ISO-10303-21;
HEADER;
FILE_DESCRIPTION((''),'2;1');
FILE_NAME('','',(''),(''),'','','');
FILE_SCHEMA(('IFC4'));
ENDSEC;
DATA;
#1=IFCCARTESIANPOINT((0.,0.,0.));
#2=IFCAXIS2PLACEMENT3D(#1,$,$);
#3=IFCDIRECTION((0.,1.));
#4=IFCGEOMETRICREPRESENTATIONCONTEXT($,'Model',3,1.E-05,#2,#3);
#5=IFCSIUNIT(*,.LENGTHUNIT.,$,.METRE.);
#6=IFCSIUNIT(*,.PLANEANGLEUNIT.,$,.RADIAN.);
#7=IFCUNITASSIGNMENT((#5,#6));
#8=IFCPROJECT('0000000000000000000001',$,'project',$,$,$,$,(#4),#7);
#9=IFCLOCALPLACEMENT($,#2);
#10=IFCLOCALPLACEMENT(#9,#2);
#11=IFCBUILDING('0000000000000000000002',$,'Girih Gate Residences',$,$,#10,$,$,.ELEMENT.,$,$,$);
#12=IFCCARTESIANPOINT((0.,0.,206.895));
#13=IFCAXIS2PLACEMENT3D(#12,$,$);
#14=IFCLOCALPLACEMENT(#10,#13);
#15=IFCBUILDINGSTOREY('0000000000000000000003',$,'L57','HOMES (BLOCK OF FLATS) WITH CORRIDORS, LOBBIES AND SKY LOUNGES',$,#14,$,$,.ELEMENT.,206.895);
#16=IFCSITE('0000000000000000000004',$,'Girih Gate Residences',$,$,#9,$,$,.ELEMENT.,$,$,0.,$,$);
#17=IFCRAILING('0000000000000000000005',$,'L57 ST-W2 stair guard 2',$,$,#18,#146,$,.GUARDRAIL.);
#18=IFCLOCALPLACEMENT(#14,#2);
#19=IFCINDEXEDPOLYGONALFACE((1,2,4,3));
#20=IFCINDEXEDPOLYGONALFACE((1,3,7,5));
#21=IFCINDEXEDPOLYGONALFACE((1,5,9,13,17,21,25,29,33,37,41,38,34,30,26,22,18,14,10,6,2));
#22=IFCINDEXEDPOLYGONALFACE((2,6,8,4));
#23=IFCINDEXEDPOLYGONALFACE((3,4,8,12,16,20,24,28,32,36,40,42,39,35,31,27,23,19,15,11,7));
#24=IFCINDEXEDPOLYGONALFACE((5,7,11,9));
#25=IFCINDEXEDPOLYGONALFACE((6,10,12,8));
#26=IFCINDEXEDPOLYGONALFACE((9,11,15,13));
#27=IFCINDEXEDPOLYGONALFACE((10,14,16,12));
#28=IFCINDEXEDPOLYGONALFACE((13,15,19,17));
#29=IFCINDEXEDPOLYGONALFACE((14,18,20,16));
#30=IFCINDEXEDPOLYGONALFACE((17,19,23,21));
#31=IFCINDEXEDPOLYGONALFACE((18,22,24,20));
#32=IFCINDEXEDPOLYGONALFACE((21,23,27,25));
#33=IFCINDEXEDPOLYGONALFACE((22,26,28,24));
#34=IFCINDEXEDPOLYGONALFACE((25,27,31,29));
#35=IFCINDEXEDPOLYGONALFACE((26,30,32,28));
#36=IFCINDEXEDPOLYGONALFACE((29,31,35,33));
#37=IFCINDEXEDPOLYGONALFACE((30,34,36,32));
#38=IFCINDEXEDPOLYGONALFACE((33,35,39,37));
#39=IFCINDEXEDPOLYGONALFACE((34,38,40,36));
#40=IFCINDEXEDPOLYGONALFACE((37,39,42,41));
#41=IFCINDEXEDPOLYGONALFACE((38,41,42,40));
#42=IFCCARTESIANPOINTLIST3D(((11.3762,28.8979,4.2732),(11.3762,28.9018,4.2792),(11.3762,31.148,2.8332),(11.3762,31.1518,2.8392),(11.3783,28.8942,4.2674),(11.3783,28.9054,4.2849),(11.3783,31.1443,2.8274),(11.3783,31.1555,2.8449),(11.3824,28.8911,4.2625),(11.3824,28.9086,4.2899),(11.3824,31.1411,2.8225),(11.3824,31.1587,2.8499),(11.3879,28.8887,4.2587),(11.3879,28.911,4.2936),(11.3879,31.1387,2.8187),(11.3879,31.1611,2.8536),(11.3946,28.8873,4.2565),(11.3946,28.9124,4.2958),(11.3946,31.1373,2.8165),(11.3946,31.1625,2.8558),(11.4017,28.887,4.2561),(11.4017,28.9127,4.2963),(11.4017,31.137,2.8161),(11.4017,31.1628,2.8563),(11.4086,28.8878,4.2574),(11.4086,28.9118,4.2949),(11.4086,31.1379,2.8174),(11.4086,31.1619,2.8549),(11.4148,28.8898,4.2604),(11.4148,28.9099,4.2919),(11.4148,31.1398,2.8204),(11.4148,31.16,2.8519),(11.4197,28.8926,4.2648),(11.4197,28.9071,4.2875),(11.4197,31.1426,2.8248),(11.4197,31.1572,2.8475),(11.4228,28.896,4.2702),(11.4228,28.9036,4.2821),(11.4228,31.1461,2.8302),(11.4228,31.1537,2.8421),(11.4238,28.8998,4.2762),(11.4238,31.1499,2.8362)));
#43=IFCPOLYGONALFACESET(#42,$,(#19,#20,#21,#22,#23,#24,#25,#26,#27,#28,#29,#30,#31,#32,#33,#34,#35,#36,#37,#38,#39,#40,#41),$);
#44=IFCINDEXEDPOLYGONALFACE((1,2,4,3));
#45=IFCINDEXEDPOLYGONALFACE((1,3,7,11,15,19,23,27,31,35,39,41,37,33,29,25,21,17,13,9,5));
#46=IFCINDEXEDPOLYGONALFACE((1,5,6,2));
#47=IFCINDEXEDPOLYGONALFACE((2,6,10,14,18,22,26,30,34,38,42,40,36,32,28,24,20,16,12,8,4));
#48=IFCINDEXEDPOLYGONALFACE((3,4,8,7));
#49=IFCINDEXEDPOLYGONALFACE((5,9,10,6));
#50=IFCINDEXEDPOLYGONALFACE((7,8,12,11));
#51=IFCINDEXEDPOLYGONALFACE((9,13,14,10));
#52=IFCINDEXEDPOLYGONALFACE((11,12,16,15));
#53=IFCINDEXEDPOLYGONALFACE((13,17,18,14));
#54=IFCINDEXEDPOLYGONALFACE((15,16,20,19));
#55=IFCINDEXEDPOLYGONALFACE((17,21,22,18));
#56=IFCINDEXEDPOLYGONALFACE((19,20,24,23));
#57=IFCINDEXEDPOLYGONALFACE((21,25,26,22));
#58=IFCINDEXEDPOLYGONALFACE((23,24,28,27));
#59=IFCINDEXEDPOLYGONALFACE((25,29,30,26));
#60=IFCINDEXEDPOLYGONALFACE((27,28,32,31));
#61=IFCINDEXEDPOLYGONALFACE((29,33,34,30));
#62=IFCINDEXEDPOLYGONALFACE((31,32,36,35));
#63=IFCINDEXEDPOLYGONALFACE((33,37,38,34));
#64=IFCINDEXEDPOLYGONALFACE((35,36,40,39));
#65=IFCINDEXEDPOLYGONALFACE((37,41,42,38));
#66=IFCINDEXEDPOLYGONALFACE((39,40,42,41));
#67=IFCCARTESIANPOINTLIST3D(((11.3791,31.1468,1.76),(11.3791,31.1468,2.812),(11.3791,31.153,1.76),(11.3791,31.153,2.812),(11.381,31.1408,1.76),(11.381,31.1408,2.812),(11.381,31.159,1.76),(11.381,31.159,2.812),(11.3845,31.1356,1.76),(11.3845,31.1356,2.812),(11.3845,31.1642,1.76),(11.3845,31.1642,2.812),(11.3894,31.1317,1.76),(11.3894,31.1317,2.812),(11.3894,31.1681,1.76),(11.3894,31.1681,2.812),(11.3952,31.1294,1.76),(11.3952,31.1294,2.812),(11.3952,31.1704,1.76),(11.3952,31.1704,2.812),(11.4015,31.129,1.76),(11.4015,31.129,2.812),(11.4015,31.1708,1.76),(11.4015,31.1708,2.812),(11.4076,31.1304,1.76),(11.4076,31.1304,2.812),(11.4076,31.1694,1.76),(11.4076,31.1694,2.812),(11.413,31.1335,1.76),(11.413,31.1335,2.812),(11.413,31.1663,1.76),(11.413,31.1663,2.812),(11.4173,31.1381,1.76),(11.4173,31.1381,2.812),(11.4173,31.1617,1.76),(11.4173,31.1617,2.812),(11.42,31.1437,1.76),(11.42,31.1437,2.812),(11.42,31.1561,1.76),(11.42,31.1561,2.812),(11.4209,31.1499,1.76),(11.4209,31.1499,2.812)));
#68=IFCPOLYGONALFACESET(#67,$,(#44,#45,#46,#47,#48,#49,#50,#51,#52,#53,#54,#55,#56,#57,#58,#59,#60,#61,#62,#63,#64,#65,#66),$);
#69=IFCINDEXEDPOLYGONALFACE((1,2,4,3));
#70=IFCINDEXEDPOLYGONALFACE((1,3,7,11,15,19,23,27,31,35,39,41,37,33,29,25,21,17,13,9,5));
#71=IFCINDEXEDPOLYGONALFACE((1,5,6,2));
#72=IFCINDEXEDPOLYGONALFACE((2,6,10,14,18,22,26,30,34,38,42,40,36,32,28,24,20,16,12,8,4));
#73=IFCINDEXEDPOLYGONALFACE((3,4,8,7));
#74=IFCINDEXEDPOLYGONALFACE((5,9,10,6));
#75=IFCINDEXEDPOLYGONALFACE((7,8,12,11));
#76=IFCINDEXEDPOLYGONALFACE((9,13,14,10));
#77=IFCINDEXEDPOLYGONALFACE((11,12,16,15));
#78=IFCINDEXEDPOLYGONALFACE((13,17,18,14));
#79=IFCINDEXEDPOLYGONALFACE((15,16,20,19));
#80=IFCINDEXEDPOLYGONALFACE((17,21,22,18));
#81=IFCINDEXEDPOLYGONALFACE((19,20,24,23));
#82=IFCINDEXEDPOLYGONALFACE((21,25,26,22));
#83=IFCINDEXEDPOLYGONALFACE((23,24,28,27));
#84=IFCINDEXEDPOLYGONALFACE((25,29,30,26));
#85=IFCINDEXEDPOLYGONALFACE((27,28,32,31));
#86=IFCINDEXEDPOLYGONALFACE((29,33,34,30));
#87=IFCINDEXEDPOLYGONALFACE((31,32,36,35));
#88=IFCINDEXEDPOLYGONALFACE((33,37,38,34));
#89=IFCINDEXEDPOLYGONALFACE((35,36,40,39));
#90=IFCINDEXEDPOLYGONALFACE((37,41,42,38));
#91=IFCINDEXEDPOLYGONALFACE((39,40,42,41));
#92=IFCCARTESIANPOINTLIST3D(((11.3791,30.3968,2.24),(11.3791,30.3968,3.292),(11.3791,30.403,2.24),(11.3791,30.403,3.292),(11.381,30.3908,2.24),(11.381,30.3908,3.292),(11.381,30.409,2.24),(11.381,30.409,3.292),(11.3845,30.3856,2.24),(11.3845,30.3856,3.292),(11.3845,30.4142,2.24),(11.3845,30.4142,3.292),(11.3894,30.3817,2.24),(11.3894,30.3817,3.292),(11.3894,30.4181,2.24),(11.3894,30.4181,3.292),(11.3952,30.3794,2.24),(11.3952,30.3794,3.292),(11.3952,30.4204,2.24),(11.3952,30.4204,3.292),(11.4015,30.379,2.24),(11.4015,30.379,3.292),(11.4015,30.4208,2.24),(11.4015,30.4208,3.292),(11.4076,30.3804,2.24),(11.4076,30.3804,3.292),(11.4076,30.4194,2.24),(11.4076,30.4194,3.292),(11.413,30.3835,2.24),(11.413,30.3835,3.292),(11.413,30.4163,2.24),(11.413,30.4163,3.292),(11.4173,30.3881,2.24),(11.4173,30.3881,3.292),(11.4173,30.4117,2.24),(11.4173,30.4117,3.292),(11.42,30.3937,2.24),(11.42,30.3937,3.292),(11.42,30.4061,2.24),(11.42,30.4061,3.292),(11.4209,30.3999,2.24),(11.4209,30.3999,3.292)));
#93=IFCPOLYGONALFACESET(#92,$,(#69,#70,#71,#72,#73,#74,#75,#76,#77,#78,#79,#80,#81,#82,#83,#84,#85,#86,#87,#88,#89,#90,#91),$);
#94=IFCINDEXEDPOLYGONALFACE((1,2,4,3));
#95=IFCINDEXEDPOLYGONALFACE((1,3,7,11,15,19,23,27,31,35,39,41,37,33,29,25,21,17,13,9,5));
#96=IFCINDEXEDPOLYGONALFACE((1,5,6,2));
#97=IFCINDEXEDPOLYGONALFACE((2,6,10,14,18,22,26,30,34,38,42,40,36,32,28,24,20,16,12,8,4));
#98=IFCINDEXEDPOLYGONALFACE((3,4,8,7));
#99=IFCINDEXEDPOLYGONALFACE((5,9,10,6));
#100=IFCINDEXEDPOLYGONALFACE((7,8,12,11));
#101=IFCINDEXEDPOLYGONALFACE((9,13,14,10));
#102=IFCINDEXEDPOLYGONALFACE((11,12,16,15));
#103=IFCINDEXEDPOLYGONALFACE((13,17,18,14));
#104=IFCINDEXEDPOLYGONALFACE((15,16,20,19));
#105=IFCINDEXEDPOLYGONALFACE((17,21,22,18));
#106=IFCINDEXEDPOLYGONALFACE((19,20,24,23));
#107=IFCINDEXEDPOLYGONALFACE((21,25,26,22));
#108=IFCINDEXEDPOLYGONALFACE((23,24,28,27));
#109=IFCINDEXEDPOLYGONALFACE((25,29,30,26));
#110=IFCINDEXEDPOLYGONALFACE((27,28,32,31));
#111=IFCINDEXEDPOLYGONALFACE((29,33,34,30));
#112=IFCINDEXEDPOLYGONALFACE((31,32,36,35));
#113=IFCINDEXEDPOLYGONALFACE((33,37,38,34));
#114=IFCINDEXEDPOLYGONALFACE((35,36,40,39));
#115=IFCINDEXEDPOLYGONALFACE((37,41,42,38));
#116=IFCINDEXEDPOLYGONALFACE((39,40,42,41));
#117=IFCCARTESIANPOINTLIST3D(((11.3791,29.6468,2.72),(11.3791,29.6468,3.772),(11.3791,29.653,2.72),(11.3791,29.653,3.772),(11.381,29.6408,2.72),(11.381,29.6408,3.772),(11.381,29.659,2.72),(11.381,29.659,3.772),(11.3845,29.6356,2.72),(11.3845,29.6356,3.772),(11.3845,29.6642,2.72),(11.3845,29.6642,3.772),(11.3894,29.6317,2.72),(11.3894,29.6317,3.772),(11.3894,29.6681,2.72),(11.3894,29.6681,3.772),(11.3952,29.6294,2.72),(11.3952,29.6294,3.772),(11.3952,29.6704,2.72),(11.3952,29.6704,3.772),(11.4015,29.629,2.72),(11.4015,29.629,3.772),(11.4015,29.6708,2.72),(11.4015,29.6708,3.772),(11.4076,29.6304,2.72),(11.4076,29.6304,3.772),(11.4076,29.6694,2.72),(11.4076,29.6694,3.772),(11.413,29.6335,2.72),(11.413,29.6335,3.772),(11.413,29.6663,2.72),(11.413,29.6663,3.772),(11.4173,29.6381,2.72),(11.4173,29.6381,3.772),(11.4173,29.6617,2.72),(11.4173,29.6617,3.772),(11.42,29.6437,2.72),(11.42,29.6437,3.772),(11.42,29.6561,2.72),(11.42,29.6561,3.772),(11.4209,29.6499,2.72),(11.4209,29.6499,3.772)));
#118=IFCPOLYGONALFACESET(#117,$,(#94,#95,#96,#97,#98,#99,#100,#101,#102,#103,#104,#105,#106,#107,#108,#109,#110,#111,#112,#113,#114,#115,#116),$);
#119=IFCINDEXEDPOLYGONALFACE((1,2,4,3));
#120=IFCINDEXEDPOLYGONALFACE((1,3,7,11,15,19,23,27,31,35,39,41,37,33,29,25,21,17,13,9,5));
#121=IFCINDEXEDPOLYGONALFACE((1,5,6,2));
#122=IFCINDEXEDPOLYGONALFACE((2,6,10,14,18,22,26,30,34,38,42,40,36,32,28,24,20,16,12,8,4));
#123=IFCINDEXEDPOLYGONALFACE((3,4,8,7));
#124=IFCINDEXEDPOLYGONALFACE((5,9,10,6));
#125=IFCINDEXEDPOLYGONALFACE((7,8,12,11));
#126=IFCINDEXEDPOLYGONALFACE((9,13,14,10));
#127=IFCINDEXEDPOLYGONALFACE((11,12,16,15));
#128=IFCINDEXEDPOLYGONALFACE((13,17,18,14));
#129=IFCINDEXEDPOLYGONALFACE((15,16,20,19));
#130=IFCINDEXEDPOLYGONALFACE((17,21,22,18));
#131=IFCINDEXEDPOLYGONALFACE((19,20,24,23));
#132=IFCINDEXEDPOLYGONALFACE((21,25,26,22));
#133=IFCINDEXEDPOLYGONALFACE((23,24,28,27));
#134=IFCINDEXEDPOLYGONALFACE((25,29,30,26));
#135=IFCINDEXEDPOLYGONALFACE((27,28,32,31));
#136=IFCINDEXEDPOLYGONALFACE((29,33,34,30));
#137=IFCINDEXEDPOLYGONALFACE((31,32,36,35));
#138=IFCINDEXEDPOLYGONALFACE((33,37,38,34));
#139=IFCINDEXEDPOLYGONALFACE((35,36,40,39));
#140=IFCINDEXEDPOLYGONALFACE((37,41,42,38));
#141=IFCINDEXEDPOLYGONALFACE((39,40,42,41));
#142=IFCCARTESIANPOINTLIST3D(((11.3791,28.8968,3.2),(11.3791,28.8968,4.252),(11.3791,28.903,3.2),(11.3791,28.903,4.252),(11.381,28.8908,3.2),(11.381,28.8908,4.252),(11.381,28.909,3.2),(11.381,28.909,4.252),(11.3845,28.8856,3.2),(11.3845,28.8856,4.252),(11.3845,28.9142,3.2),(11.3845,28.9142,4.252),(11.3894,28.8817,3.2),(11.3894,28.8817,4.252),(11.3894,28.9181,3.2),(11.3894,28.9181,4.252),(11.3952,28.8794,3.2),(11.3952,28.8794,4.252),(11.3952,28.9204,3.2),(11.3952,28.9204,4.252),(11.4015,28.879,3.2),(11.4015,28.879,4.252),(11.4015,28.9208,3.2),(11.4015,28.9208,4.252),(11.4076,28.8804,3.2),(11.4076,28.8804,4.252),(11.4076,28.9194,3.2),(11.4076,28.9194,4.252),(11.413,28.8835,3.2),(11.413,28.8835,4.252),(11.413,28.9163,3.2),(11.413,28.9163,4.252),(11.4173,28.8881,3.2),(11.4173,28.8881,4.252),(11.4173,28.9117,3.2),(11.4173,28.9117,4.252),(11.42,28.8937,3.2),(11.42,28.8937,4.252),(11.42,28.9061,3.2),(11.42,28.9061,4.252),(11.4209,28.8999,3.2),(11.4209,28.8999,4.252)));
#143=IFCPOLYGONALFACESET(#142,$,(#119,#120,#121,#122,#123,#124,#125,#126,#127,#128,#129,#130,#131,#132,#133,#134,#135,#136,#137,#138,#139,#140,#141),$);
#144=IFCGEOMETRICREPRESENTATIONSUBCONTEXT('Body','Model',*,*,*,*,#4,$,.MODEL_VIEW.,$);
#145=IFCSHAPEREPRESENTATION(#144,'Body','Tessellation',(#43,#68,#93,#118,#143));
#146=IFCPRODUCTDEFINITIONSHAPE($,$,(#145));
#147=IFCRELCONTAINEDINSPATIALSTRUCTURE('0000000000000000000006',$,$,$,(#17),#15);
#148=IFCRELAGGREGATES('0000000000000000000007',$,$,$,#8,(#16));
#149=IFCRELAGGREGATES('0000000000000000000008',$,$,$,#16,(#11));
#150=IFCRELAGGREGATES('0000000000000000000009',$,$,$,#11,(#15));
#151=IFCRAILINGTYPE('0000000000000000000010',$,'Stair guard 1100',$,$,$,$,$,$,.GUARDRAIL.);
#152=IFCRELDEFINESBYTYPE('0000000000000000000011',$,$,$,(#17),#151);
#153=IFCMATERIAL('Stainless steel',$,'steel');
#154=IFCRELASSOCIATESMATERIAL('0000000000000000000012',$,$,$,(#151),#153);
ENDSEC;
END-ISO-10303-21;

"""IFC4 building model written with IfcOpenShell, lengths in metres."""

from ifc_helpers import new_model, si_unit, direction, frame, origin, origin_2d, place, context, subcontext, project, spatial, circle, extrude, material, type_object, element, save


model = new_model("IFC4")

# Units and contexts
model_context = context("Model", 3, precision=1e-05, world=origin(), true_north=direction((0.0, 1.0)))
body_context = subcontext(model_context, "Body", "Model", "MODEL_VIEW")
ifc_project = project(units=[si_unit("LENGTHUNIT", "METRE"), si_unit("PLANEANGLEUNIT", "RADIAN")], contexts=[model_context])

# Site, building, storey
site_placement = place(None, origin())
site = spatial("IfcSite", under=ifc_project, at=site_placement, Name="Girih Gate Residences", CompositionType="ELEMENT", RefElevation=0.0)
building_placement = place(site_placement, origin())
building = spatial("IfcBuilding", under=site, at=building_placement, Name="Girih Gate Residences", CompositionType="ELEMENT")
storey_placement = place(building_placement, frame((0.0, 0.0, 206.895)))
storey = spatial("IfcBuildingStorey", under=building, at=storey_placement, Name="L57", Description="HOMES (BLOCK OF FLATS) WITH CORRIDORS, LOBBIES AND SKY LOUNGES", CompositionType="ELEMENT", Elevation=206.895)

# Railing
ifc_material_1 = material(Name="Stainless steel", Category="steel")
railing_type_1 = type_object("IfcRailingType", Name="Stair guard 1100", PredefinedType="GUARDRAIL", material=ifc_material_1)
railing_1_placement = place(storey_placement, frame((11.3999, 31.1499, 1.76)))
element("IfcRailing", 1, at=railing_1_placement, inside=storey, type_object=railing_type_1, Name="L57 ST-W2 stair guard 2", PredefinedType="GUARDRAIL", context=body_context, shape_type="SweptSolid", body=[
    extrude(circle(Radius=0.0239, at=origin_2d()), frame((0.0, 0.0, 1.0762), z_axis=(0.0, -0.842281, 0.539038), x_axis=(1.0, 0.0, 0.0)), (0.0, 0.0, 1.0), 2.6714),
    extrude(circle(Radius=0.021, at=origin_2d()), origin(), (0.0, 0.0, 1.0), 1.052),
    extrude(circle(Radius=0.021, at=origin_2d()), frame((0.0, -0.75, 0.48)), (0.0, 0.0, 1.0), 1.052),
    extrude(circle(Radius=0.021, at=origin_2d()), frame((0.0, -1.5, 0.96)), (0.0, 0.0, 1.0), 1.052),
    extrude(circle(Radius=0.021, at=origin_2d()), frame((0.0, -2.25, 1.4399)), (0.0, 0.0, 1.0), 1.052),
])

save(model, "model.ifc")
